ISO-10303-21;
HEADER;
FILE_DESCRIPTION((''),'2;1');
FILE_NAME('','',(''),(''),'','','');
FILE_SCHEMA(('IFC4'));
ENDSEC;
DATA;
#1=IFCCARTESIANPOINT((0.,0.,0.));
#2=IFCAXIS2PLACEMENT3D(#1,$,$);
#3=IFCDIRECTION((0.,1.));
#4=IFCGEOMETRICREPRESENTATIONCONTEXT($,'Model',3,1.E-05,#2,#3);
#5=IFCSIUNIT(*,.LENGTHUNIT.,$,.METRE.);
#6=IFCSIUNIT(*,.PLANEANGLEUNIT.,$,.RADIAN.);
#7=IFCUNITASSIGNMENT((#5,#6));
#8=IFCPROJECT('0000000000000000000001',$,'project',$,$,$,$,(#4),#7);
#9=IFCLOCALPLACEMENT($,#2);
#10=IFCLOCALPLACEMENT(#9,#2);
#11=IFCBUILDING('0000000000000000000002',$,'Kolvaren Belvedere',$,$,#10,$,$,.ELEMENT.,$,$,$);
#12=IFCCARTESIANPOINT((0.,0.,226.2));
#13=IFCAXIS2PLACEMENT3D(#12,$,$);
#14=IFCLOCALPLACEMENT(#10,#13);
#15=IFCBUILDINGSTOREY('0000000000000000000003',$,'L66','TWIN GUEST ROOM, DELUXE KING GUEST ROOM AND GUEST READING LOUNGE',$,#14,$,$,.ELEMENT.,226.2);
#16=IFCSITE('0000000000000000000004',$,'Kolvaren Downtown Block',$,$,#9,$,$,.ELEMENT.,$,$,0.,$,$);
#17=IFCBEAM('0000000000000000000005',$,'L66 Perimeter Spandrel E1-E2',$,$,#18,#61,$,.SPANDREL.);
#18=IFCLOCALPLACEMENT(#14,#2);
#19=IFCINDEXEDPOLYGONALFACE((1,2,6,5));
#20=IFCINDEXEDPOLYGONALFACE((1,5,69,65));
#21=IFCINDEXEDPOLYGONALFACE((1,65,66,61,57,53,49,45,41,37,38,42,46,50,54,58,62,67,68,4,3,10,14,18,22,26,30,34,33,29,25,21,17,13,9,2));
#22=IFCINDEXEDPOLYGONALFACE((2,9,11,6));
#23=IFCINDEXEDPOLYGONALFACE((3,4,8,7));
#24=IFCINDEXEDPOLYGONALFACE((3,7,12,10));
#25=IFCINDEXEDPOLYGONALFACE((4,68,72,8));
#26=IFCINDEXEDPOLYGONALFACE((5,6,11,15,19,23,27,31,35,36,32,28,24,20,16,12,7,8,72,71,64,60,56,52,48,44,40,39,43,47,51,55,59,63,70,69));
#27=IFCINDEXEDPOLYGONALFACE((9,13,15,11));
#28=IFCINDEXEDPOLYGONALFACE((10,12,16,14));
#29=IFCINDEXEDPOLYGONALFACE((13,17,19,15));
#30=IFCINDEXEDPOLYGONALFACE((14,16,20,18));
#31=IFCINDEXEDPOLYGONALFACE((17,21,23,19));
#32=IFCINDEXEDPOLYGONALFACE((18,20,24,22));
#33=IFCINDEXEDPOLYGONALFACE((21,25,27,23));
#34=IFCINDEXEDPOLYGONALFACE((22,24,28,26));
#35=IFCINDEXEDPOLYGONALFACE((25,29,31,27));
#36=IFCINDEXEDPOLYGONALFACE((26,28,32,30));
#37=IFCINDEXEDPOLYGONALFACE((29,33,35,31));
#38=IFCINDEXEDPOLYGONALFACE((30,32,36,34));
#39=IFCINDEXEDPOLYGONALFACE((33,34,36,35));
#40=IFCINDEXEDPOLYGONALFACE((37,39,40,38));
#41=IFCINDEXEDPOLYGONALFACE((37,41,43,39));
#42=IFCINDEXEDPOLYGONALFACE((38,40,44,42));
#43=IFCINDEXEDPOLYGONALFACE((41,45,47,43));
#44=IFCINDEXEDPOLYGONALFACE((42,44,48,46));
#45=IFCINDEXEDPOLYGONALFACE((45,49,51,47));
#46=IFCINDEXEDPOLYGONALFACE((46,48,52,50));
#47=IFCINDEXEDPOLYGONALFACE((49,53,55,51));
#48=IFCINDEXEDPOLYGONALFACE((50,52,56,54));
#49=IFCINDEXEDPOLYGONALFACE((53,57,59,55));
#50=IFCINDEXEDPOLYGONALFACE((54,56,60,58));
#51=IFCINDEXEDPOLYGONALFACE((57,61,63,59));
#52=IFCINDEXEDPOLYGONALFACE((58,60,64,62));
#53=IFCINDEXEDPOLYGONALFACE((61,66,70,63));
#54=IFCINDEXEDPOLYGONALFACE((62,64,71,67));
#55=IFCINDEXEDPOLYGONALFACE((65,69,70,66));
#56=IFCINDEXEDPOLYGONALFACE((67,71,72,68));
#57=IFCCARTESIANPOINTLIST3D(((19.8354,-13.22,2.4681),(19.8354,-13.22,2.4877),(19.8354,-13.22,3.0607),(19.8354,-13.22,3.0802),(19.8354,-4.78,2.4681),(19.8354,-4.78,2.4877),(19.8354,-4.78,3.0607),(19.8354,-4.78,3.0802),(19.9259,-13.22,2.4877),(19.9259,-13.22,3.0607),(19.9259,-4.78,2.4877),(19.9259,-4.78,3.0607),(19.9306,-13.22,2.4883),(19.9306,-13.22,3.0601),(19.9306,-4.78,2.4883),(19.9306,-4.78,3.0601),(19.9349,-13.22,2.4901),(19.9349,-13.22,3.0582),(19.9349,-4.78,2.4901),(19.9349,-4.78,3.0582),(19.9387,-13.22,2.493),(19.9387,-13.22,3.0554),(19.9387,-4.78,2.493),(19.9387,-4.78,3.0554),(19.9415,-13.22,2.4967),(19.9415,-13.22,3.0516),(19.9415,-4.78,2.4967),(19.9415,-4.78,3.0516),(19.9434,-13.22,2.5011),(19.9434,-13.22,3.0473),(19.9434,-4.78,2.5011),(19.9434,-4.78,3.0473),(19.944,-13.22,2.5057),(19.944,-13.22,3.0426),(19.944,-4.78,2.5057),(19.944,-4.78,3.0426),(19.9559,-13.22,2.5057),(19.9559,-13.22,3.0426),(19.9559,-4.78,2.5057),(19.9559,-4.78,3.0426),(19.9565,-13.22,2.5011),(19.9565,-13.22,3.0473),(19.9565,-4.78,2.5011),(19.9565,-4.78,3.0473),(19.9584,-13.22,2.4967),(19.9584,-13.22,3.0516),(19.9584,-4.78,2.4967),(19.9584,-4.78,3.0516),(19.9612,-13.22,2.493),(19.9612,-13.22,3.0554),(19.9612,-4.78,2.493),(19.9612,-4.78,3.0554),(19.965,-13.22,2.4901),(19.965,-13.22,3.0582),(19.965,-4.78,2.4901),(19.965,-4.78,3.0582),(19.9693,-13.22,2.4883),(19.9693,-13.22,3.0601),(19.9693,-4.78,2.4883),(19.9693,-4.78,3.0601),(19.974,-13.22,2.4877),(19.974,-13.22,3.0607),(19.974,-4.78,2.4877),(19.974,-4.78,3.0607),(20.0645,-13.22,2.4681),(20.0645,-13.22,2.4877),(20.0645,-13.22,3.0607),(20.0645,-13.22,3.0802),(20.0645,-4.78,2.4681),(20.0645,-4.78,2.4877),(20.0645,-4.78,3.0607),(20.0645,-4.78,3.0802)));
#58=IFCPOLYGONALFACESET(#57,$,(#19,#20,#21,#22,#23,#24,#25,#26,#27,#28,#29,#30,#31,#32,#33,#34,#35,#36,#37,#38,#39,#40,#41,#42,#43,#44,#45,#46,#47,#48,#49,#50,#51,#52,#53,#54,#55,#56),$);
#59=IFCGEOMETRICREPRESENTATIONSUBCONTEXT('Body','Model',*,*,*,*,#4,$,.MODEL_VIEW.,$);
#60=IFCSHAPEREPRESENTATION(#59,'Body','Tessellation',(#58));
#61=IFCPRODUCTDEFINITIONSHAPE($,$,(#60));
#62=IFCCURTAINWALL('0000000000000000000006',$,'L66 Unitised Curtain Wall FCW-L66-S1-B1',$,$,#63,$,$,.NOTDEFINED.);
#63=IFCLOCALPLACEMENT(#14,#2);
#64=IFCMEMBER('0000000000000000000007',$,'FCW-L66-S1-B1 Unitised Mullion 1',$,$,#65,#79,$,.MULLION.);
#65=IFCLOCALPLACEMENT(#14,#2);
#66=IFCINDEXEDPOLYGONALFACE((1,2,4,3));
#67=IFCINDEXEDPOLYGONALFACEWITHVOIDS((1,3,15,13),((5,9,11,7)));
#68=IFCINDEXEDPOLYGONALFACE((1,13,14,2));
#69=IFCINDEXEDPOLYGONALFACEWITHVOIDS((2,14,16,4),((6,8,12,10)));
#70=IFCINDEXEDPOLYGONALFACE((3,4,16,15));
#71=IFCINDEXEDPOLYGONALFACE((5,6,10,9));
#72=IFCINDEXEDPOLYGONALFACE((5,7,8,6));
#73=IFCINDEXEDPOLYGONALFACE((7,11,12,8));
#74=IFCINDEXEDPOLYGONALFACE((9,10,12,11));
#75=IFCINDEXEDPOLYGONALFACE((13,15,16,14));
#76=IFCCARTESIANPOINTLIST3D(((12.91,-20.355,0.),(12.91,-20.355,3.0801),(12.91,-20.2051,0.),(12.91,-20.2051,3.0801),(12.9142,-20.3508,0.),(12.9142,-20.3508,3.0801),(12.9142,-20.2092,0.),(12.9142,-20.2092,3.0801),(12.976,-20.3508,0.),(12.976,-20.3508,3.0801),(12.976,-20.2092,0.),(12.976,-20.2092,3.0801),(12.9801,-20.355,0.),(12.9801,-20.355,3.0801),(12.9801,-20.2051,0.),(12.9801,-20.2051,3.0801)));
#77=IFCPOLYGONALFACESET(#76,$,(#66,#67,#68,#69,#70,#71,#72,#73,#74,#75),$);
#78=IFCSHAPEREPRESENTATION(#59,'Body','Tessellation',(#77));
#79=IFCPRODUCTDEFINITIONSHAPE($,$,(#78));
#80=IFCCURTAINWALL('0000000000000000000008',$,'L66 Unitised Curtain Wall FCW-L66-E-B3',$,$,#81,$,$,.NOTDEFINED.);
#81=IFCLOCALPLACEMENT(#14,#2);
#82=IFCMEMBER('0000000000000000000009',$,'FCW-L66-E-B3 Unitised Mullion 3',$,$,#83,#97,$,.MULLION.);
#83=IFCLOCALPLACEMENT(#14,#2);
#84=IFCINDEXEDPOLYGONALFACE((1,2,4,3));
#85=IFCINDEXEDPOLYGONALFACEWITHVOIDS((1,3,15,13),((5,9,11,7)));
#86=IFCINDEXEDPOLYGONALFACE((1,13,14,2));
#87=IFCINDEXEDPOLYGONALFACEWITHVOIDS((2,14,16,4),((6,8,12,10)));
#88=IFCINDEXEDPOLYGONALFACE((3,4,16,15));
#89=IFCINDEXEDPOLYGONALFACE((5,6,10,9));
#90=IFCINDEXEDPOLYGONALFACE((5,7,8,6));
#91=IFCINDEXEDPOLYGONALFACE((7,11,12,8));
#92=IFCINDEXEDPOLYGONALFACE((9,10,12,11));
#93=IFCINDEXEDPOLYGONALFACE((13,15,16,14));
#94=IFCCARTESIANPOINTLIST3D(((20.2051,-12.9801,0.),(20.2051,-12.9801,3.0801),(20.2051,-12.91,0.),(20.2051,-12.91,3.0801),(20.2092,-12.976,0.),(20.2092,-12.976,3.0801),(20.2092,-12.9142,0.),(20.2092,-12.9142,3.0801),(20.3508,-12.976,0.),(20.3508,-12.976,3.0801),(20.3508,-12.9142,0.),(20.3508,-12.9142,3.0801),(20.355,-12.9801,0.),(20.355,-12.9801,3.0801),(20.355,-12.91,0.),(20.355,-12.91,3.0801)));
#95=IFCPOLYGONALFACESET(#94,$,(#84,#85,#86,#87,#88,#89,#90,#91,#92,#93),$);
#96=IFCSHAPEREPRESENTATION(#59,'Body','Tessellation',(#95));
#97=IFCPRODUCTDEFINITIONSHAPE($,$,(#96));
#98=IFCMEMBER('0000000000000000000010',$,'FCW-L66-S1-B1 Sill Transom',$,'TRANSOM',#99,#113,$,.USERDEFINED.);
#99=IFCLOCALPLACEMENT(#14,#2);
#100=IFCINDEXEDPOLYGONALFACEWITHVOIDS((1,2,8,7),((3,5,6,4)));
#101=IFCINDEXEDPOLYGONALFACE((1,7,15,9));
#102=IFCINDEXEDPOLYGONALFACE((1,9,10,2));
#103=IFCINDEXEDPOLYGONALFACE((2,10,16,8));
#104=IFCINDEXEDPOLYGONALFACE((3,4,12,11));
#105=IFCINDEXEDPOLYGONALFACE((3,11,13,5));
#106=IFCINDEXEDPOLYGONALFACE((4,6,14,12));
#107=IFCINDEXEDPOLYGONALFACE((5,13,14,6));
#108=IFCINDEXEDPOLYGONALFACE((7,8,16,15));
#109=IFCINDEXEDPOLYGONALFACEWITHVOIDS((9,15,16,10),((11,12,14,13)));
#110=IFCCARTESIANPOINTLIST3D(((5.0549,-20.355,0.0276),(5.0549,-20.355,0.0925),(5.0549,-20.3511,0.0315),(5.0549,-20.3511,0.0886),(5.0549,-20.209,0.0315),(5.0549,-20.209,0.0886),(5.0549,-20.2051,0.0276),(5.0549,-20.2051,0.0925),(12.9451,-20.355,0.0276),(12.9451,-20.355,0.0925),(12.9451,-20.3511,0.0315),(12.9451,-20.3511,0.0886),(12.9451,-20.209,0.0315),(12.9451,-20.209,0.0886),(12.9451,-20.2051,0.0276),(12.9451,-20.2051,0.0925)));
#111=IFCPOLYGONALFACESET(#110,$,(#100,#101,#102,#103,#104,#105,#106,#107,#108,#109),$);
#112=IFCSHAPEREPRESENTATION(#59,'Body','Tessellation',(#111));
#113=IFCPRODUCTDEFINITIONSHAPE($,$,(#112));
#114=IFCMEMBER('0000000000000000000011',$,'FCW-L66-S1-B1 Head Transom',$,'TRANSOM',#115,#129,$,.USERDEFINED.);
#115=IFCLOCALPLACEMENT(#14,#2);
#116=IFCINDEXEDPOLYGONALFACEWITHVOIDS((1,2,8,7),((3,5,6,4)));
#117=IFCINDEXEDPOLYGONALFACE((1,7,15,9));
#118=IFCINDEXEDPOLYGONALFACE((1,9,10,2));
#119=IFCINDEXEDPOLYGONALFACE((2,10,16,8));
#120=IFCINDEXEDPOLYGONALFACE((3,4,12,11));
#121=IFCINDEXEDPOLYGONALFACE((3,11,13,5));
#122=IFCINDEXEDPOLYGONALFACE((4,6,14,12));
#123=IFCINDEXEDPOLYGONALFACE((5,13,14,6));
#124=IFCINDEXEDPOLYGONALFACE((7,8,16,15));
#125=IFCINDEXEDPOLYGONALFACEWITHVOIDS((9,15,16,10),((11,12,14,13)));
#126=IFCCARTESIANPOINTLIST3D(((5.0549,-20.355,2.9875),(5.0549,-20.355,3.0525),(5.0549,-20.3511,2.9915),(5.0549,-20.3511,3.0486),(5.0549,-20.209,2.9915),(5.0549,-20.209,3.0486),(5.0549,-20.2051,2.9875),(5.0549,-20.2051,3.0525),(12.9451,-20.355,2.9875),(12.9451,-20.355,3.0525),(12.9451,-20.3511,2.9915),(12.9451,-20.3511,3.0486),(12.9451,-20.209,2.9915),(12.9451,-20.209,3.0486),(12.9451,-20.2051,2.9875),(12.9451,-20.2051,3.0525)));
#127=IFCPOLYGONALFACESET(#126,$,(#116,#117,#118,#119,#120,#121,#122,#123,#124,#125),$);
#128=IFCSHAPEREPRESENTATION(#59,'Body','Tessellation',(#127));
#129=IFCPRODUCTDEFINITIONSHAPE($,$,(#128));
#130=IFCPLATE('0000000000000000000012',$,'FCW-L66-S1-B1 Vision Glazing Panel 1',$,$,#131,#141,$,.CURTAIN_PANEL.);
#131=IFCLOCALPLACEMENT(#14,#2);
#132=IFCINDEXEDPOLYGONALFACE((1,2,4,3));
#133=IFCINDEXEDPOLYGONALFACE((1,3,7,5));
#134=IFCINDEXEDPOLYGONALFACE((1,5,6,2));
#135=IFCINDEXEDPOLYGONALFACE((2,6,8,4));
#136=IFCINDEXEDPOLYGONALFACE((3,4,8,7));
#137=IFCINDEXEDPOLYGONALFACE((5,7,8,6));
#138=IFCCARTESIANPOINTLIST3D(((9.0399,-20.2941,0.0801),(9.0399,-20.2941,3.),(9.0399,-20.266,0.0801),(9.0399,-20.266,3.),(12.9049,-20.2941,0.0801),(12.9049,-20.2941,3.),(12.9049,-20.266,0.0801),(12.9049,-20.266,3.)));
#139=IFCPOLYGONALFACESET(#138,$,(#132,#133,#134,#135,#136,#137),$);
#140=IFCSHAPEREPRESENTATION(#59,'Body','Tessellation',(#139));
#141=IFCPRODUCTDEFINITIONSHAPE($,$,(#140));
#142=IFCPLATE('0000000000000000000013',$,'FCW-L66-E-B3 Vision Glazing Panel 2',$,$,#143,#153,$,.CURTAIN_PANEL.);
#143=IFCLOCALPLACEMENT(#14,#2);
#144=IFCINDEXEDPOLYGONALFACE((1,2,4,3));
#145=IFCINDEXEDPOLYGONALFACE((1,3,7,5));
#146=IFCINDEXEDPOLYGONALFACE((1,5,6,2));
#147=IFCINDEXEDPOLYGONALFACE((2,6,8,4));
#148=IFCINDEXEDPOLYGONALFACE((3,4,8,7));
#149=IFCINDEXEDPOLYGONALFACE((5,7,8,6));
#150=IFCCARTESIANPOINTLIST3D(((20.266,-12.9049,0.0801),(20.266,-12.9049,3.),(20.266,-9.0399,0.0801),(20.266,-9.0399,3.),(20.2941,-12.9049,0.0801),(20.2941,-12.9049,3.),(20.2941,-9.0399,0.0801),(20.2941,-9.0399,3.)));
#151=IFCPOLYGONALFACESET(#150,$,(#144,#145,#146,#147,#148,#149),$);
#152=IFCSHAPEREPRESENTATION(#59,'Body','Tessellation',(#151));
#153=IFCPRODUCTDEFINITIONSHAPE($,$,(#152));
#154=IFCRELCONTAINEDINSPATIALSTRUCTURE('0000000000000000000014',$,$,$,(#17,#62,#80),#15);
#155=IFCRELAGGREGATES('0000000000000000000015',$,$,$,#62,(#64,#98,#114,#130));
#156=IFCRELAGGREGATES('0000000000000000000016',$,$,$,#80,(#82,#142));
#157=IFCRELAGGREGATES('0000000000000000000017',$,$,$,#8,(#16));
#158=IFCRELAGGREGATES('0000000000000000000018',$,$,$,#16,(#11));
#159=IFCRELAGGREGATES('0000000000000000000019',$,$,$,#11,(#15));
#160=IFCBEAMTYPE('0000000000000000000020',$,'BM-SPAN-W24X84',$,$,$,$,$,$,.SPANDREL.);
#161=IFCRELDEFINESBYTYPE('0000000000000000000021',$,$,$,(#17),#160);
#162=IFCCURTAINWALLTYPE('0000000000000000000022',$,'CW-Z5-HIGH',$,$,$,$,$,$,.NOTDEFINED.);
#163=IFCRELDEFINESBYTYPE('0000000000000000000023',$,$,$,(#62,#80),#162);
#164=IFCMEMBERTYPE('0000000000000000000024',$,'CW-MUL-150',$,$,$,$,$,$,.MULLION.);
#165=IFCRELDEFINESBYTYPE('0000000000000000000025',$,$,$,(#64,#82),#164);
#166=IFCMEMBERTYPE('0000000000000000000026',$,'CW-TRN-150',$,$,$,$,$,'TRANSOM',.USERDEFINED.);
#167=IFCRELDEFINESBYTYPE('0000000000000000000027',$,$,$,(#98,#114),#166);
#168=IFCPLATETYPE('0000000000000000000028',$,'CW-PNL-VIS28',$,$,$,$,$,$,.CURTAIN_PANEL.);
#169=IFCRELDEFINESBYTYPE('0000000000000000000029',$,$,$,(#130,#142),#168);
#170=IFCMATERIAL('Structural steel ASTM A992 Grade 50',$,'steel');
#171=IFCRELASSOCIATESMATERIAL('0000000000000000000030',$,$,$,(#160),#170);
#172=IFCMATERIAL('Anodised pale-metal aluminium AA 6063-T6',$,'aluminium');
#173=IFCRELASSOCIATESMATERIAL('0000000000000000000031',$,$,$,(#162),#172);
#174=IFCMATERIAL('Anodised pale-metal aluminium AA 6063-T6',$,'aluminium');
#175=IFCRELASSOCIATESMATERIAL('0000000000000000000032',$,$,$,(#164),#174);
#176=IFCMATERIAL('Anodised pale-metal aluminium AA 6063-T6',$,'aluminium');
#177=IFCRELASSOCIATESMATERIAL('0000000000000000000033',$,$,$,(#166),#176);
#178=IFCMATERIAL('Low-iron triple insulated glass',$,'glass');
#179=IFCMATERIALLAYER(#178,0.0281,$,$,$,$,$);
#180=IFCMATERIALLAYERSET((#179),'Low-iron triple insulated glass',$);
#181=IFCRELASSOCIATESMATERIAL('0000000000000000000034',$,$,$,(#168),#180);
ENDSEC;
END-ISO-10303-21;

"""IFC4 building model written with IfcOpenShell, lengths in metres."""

from ifc_helpers import new_model, si_unit, direction, frame, origin, origin_2d, place, context, subcontext, project, spatial, rectangle, hollow_rectangle, i_section, extrude, material, layer, layer_set, material_profile, profile_set, type_object, element, aggregate, save


model = new_model("IFC4")

# Units and contexts
model_context = context("Model", 3, precision=1e-05, world=origin(), true_north=direction((0.0, 1.0)))
body_context = subcontext(model_context, "Body", "Model", "MODEL_VIEW")
ifc_project = project(units=[si_unit("LENGTHUNIT", "METRE"), si_unit("PLANEANGLEUNIT", "RADIAN")], contexts=[model_context])

# Site, building, storey
site_placement = place(None, origin())
site = spatial("IfcSite", under=ifc_project, at=site_placement, Name="Kolvaren Downtown Block", CompositionType="ELEMENT", RefElevation=0.0)
building_placement = place(site_placement, origin())
building = spatial("IfcBuilding", under=site, at=building_placement, Name="Kolvaren Belvedere", CompositionType="ELEMENT")
storey_placement = place(building_placement, frame((0.0, 0.0, 226.2)))
storey = spatial("IfcBuildingStorey", under=building, at=storey_placement, Name="L66", Description="TWIN GUEST ROOM, DELUXE KING GUEST ROOM AND GUEST READING LOUNGE", CompositionType="ELEMENT", Elevation=226.2)

# Beam
ifc_material_1 = material(Name="Structural steel ASTM A992 Grade 50", Category="steel")
ifc_material_profile_1 = material_profile(ifc_material_1, i_section(OverallWidth=0.229, OverallDepth=0.6121, WebThickness=0.012, FlangeThickness=0.0195, FilletRadius=0.0181, at=origin_2d()), Name="W24X84")
ifc_profile_set_1 = profile_set([ifc_material_profile_1], Name="Structural steel ASTM A992 Grade 50")
beam_type_1 = type_object("IfcBeamType", Name="BM-SPAN-W24X84", PredefinedType="SPANDREL", material=ifc_profile_set_1)
beam_1_placement = place(storey_placement, frame((19.95, -13.22, 2.7742), z_axis=(0.0, 1.0, 0.0), x_axis=(-1.0, 0.0, 0.0)))
element("IfcBeam", 1, at=beam_1_placement, inside=storey, type_object=beam_type_1, Name="L66 Perimeter Spandrel E1-E2", PredefinedType="SPANDREL", context=body_context, shape_type="SweptSolid", body=[
    extrude(i_section(OverallWidth=0.229, OverallDepth=0.6121, WebThickness=0.012, FlangeThickness=0.0195, FilletRadius=0.0181, at=origin_2d()), origin(), (0.0, 0.0, 1.0), 8.4399),
])

# Curtain walls, members
ifc_material_2 = material(Name="Anodised pale-metal aluminium AA 6063-T6", Category="aluminium")
curtain_wall_type = type_object("IfcCurtainWallType", Name="CW-Z5-HIGH", PredefinedType="NOTDEFINED", material=ifc_material_2)
curtain_wall_1_placement = place(storey_placement, origin())
curtain_wall_1 = element("IfcCurtainWall", 2, at=curtain_wall_1_placement, inside=storey, type_object=curtain_wall_type, Name="L66 Unitised Curtain Wall FCW-L66-S1-B1", PredefinedType="NOTDEFINED")
ifc_material_3 = material(Name="Anodised pale-metal aluminium AA 6063-T6", Category="aluminium")
ifc_material_profile_2 = material_profile(ifc_material_3, hollow_rectangle(XDim=0.0701, YDim=0.1499, WallThickness=0.0042, at=origin_2d()), Name="ALU-MUL-150X70")
ifc_profile_set_2 = profile_set([ifc_material_profile_2], Name="Anodised pale-metal aluminium AA 6063-T6")
member_type_1 = type_object("IfcMemberType", Name="CW-MUL-150", PredefinedType="MULLION", material=ifc_profile_set_2)
member_1_placement = place(storey_placement, frame((12.9451, -20.28, 0.0), z_axis=(0.0, 0.0, 1.0), x_axis=(1.0, 0.0, 0.0)))
member_1 = element("IfcMember", 3, at=member_1_placement, type_object=member_type_1, Name="FCW-L66-S1-B1 Unitised Mullion 1", PredefinedType="MULLION", context=body_context, shape_type="SweptSolid", body=[
    extrude(hollow_rectangle(XDim=0.0701, YDim=0.1499, WallThickness=0.0042, at=origin_2d()), origin(), (0.0, 0.0, 1.0), 3.0801),
])
curtain_wall_2_placement = place(storey_placement, origin())
curtain_wall_2 = element("IfcCurtainWall", 4, at=curtain_wall_2_placement, inside=storey, type_object=curtain_wall_type, Name="L66 Unitised Curtain Wall FCW-L66-E-B3", PredefinedType="NOTDEFINED")
member_2_placement = place(storey_placement, frame((20.28, -12.9451, 0.0), z_axis=(0.0, 0.0, 1.0), x_axis=(0.0, 1.0, 0.0)))
member_2 = element("IfcMember", 5, at=member_2_placement, type_object=member_type_1, Name="FCW-L66-E-B3 Unitised Mullion 3", PredefinedType="MULLION", context=body_context, shape_type="SweptSolid", body=[
    extrude(hollow_rectangle(XDim=0.0701, YDim=0.1499, WallThickness=0.0042, at=origin_2d()), origin(), (0.0, 0.0, 1.0), 3.0801),
])

# Members
ifc_material_4 = material(Name="Anodised pale-metal aluminium AA 6063-T6", Category="aluminium")
ifc_material_profile_3 = material_profile(ifc_material_4, hollow_rectangle(XDim=0.0649, YDim=0.1499, WallThickness=0.0039, at=origin_2d()), Name="ALU-TRN-150X65")
ifc_profile_set_3 = profile_set([ifc_material_profile_3], Name="Anodised pale-metal aluminium AA 6063-T6")
member_type_2 = type_object("IfcMemberType", Name="CW-TRN-150", ElementType="TRANSOM", PredefinedType="USERDEFINED", material=ifc_profile_set_3)
member_3_placement = place(storey_placement, frame((12.9451, -20.28, 0.0601), z_axis=(-1.0, 0.0, 0.0), x_axis=(0.0, 0.0, 1.0)))
member_3 = element("IfcMember", 6, at=member_3_placement, type_object=member_type_2, Name="FCW-L66-S1-B1 Sill Transom", ObjectType="TRANSOM", PredefinedType="USERDEFINED", context=body_context, shape_type="SweptSolid", body=[
    extrude(hollow_rectangle(XDim=0.0649, YDim=0.1499, WallThickness=0.0039, at=origin_2d()), origin(), (0.0, 0.0, 1.0), 7.8901),
])
member_4_placement = place(storey_placement, frame((12.9451, -20.28, 3.02), z_axis=(-1.0, 0.0, 0.0), x_axis=(0.0, 0.0, 1.0)))
member_4 = element("IfcMember", 7, at=member_4_placement, type_object=member_type_2, Name="FCW-L66-S1-B1 Head Transom", ObjectType="TRANSOM", PredefinedType="USERDEFINED", context=body_context, shape_type="SweptSolid", body=[
    extrude(hollow_rectangle(XDim=0.0649, YDim=0.1499, WallThickness=0.0039, at=origin_2d()), origin(), (0.0, 0.0, 1.0), 7.8901),
])

# Plates
ifc_material_5 = material(Name="Low-iron triple insulated glass", Category="glass")
ifc_layer_1 = layer(ifc_material_5, 0.0281)
ifc_layer_set_1 = layer_set([ifc_layer_1], Name="Low-iron triple insulated glass")
plate_type = type_object("IfcPlateType", Name="CW-PNL-VIS28", PredefinedType="CURTAIN_PANEL", material=ifc_layer_set_1)
plate_1_placement = place(storey_placement, frame((10.9724, -20.28, 0.0801), z_axis=(0.0, 0.0, 1.0), x_axis=(-1.0, 0.0, 0.0)))
plate_1 = element("IfcPlate", 8, at=plate_1_placement, type_object=plate_type, Name="FCW-L66-S1-B1 Vision Glazing Panel 1", PredefinedType="CURTAIN_PANEL", context=body_context, shape_type="SweptSolid", body=[
    extrude(rectangle(XDim=3.865, YDim=0.0281, at=origin_2d()), origin(), (0.0, 0.0, 1.0), 2.9199),
])
aggregate(curtain_wall_1, [member_1, member_3, member_4, plate_1])
plate_2_placement = place(storey_placement, frame((20.28, -10.9724, 0.0801), z_axis=(0.0, 0.0, 1.0), x_axis=(0.0, -1.0, 0.0)))
plate_2 = element("IfcPlate", 9, at=plate_2_placement, type_object=plate_type, Name="FCW-L66-E-B3 Vision Glazing Panel 2", PredefinedType="CURTAIN_PANEL", context=body_context, shape_type="SweptSolid", body=[
    extrude(rectangle(XDim=3.865, YDim=0.0281, at=origin_2d()), origin(), (0.0, 0.0, 1.0), 2.9199),
])
aggregate(curtain_wall_2, [member_2, plate_2])

save(model, "model.ifc")
